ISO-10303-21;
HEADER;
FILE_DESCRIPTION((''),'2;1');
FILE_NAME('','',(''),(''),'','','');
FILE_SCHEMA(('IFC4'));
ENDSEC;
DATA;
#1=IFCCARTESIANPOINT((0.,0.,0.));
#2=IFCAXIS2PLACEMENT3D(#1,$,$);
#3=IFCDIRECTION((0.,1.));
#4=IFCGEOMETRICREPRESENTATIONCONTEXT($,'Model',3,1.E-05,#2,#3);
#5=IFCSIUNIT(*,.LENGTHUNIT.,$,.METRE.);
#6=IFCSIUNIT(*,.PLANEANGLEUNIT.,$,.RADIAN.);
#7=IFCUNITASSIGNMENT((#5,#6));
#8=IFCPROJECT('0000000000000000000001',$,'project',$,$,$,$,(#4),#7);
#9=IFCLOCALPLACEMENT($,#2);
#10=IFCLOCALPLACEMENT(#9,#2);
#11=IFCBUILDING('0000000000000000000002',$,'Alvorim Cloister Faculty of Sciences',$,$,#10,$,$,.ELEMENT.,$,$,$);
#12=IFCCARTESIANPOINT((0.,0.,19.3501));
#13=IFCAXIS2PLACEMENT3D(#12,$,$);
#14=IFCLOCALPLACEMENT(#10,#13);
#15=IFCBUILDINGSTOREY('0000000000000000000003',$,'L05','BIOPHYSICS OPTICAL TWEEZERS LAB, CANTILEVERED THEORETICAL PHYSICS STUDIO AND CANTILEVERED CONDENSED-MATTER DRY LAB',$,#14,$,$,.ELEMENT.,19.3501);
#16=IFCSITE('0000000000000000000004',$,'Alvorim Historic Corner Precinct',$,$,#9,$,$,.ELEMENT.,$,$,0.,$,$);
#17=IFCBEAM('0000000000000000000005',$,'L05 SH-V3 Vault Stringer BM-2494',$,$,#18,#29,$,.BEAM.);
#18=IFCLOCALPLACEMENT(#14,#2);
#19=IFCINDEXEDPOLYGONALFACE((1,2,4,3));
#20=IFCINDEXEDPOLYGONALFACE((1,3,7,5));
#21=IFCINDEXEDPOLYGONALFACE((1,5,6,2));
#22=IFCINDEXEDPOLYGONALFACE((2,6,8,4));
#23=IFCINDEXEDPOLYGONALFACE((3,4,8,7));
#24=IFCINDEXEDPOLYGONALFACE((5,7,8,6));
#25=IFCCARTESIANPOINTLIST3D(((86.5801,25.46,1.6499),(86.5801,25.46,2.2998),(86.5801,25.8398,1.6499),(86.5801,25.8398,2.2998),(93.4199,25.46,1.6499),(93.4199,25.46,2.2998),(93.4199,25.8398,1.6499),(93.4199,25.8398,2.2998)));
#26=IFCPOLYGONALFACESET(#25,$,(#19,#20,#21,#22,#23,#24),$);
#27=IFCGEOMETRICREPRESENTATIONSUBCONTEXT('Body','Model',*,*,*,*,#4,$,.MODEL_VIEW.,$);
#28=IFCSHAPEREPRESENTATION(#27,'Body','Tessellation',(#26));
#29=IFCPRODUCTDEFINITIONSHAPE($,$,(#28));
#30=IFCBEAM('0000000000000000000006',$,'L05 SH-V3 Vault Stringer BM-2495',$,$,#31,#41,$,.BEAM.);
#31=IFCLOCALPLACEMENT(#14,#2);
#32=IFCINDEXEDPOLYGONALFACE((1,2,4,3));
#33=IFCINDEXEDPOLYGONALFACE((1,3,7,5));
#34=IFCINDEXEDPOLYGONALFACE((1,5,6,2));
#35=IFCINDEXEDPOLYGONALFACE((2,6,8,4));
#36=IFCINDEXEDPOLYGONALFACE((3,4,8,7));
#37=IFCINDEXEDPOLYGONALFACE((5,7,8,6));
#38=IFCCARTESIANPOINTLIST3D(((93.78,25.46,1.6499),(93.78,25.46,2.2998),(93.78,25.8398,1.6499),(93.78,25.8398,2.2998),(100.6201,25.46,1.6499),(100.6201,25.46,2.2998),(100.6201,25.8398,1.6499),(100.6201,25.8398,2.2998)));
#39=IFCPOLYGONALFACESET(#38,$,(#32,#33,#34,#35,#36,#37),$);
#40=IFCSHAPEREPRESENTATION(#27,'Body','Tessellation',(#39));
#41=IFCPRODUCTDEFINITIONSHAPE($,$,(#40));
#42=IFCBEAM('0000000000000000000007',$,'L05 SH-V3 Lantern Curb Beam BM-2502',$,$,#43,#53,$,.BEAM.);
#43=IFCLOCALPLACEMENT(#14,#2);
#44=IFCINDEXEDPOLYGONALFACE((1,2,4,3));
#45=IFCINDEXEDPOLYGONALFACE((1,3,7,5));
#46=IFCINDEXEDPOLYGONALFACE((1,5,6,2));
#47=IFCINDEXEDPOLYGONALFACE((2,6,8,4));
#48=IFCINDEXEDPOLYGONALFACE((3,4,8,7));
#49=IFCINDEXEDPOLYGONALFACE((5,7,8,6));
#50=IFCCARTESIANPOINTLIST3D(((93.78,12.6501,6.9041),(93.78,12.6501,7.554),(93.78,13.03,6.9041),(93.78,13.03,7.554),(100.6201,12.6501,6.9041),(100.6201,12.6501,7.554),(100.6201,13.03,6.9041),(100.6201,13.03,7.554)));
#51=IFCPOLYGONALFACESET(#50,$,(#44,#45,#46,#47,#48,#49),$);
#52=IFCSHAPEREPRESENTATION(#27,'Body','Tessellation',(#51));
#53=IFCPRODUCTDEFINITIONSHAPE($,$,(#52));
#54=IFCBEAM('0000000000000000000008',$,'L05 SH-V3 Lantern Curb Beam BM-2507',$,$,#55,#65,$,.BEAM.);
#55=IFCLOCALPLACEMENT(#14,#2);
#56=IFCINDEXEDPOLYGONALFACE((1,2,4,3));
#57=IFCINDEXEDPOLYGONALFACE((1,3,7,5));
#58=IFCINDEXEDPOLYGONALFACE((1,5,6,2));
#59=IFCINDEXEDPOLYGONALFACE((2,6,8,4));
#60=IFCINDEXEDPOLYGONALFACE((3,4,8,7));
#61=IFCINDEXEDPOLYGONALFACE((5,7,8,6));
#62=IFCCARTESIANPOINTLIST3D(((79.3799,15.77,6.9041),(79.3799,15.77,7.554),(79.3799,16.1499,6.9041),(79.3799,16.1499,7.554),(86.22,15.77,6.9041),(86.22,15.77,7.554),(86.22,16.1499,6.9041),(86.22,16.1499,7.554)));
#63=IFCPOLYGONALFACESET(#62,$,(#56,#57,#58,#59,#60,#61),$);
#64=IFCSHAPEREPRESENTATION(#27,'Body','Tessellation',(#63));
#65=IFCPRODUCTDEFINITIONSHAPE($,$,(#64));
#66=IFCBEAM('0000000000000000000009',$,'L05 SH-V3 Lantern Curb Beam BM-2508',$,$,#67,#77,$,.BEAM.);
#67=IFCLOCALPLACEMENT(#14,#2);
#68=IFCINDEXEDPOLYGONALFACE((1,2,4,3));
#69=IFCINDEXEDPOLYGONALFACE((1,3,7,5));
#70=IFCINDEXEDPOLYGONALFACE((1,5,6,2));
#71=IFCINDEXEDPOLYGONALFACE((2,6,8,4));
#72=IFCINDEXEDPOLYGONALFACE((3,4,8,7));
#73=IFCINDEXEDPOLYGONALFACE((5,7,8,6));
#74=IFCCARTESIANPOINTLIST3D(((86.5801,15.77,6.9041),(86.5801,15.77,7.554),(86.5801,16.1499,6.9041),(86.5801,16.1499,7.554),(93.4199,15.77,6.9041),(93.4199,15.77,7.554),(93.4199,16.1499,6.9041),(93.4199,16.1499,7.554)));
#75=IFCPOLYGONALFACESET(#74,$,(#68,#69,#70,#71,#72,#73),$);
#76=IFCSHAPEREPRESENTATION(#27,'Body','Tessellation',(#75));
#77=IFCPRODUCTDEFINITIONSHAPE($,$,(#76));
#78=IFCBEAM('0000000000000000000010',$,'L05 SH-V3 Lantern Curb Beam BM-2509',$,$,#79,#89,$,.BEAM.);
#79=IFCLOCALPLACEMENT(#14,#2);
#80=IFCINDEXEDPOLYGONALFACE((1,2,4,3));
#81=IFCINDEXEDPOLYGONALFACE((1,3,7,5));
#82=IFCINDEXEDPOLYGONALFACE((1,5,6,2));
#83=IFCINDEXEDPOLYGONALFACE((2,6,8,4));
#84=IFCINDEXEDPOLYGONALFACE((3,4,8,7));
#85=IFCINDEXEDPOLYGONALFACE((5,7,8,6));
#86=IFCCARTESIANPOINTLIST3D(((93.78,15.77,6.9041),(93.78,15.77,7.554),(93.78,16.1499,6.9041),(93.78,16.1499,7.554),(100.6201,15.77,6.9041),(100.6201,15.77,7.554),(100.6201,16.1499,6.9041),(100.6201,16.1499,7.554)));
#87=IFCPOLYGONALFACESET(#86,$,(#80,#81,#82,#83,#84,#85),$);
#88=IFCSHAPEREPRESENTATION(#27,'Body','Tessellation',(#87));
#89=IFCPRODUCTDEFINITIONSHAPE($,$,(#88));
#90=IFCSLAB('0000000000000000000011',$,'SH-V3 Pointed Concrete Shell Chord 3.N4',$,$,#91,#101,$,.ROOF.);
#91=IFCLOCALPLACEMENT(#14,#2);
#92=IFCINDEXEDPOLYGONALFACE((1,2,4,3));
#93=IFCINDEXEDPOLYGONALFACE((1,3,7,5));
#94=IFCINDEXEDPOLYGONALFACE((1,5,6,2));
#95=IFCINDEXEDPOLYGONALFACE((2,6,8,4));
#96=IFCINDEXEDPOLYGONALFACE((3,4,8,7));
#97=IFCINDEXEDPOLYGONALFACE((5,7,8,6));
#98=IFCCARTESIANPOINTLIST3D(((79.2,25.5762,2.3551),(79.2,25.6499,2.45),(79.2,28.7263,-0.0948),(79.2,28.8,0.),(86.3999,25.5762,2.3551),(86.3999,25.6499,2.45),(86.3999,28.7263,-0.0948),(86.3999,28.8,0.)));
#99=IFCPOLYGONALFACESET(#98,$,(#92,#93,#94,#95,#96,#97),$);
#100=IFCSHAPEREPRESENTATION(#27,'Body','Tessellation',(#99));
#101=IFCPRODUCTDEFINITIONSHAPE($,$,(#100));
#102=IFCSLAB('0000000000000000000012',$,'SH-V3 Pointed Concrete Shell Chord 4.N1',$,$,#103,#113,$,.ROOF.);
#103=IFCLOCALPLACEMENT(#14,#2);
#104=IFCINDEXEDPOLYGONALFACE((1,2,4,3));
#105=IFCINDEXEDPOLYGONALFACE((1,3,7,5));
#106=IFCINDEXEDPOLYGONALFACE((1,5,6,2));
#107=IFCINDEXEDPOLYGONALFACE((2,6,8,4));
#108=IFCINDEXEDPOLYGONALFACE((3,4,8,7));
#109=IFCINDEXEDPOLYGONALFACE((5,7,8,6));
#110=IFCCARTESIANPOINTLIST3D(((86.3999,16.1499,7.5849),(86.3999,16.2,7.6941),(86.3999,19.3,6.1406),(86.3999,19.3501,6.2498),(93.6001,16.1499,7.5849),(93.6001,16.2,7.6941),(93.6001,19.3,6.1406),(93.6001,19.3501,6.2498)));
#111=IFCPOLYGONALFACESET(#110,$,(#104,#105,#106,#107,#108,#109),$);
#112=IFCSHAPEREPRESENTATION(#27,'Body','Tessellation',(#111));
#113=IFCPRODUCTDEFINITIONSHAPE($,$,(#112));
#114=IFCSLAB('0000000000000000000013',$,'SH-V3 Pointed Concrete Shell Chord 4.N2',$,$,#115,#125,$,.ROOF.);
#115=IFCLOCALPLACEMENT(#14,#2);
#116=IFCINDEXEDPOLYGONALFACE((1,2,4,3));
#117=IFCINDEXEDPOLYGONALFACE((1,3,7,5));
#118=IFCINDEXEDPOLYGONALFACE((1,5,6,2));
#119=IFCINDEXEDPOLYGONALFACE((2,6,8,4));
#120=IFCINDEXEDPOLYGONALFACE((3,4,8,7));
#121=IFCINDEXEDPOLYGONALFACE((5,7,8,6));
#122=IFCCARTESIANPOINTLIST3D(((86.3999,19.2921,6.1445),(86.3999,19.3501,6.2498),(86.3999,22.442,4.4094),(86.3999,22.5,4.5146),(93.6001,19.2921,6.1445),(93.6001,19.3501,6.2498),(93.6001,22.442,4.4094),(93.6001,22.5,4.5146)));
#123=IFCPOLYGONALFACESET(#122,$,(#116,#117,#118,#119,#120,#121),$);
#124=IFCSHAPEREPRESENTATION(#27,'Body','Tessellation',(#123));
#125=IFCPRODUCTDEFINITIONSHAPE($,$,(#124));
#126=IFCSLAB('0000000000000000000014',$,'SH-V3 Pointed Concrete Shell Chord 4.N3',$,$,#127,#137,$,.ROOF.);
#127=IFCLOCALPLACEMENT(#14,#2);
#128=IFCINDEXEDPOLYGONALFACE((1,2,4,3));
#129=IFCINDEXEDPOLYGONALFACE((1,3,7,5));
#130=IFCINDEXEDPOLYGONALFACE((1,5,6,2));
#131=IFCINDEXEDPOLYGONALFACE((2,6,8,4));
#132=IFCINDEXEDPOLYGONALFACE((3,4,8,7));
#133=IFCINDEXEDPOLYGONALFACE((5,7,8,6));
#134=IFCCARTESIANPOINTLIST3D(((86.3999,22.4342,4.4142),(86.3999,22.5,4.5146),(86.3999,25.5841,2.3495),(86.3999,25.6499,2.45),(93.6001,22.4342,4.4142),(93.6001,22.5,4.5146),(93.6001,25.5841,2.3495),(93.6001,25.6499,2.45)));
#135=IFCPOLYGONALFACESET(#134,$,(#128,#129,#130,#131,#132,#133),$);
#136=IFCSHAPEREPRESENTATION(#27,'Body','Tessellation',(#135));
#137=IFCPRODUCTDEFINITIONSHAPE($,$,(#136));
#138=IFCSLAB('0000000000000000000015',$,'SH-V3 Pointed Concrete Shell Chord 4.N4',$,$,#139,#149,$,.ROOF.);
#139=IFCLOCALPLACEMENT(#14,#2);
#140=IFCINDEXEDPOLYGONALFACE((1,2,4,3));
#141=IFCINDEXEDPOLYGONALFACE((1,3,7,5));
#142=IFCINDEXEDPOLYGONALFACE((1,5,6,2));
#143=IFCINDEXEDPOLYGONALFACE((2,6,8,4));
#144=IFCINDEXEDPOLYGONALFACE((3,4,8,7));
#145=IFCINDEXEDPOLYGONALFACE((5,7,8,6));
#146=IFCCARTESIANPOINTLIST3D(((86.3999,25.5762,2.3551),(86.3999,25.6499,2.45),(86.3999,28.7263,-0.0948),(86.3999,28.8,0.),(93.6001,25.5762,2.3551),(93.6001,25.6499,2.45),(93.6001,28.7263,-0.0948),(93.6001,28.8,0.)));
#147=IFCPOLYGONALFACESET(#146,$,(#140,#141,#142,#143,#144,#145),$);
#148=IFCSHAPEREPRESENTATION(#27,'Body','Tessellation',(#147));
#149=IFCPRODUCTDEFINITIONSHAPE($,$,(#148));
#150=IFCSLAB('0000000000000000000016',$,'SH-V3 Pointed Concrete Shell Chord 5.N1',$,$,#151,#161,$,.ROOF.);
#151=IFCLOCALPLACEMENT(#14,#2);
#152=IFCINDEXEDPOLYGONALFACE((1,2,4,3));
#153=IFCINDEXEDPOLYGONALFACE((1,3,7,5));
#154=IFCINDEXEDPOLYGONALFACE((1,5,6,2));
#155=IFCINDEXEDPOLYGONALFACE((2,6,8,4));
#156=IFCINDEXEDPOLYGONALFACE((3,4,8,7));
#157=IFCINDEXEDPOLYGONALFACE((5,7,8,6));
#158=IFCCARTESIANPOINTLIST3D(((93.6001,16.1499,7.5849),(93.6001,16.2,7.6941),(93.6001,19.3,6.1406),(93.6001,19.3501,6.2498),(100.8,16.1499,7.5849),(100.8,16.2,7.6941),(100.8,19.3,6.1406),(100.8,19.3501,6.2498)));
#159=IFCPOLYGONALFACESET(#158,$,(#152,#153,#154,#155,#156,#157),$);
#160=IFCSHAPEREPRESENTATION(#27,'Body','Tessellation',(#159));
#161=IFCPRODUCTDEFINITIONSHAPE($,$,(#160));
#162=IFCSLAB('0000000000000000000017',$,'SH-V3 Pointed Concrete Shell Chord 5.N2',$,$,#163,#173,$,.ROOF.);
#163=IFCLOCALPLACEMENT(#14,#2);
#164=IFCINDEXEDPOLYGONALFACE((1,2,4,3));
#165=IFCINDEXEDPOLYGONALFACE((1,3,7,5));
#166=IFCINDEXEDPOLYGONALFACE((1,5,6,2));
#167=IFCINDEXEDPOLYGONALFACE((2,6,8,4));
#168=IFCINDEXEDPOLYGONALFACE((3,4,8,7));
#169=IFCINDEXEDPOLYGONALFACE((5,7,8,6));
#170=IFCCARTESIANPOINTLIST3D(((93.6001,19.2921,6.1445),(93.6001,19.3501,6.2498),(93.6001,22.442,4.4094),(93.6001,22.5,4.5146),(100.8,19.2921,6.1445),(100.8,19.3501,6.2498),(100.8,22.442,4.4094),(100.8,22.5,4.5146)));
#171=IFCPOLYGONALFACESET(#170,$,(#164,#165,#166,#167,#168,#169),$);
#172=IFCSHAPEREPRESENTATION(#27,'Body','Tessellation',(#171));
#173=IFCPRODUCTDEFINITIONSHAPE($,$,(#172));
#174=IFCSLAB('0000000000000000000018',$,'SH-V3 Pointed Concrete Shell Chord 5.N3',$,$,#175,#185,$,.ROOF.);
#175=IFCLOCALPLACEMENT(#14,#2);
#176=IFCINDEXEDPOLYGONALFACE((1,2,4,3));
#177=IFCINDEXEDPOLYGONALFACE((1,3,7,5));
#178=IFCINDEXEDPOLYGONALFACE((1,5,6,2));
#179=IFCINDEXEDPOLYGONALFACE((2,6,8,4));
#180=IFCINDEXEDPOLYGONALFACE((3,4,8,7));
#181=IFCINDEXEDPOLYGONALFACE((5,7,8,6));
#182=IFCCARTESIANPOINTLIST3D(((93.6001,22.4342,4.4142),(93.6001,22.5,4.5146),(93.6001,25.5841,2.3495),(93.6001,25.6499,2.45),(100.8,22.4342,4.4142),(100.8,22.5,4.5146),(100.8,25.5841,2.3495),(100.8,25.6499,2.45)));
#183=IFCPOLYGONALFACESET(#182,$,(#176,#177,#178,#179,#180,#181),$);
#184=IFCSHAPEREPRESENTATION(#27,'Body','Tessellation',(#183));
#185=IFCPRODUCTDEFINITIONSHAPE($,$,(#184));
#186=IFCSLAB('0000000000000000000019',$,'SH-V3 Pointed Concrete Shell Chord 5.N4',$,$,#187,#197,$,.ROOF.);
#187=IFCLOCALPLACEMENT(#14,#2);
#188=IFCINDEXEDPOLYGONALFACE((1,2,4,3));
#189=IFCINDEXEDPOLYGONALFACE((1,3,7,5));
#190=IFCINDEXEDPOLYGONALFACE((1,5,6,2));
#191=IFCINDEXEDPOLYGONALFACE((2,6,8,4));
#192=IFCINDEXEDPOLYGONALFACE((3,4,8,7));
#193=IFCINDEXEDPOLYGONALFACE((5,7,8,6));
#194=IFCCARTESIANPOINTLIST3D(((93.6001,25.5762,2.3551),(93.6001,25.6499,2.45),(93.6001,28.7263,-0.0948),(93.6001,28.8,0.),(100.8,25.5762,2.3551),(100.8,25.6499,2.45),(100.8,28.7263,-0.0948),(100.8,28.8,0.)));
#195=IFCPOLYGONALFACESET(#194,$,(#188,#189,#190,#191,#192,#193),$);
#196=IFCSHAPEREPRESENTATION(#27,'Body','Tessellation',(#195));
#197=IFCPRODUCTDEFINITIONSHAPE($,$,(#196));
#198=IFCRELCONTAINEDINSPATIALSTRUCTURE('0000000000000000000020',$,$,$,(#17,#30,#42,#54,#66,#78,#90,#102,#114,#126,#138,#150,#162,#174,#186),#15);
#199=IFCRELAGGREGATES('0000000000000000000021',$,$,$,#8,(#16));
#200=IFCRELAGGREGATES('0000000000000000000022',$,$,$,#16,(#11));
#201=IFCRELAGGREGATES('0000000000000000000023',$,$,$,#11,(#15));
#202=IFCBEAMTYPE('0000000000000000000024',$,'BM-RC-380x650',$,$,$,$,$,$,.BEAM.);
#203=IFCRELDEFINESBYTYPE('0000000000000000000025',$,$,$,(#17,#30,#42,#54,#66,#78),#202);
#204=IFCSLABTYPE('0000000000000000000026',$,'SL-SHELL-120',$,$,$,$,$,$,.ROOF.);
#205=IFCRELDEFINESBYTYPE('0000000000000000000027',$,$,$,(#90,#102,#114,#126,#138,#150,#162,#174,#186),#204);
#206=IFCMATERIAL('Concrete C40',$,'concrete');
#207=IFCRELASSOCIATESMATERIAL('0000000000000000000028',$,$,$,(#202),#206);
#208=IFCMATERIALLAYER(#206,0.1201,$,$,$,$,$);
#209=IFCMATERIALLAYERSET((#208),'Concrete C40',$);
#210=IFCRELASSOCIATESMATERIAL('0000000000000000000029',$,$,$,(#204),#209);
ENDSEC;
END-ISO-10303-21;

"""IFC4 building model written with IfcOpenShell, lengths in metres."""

from ifc_helpers import new_model, si_unit, direction, frame, origin, origin_2d, place, context, subcontext, project, spatial, polyline, rectangle, outline, extrude, material, layer, layer_set, material_profile, profile_set, type_object, element, save


model = new_model("IFC4")

# Units and contexts
model_context = context("Model", 3, precision=1e-05, world=origin(), true_north=direction((0.0, 1.0)))
body_context = subcontext(model_context, "Body", "Model", "MODEL_VIEW")
ifc_project = project(units=[si_unit("LENGTHUNIT", "METRE"), si_unit("PLANEANGLEUNIT", "RADIAN")], contexts=[model_context])

# Site, building, storey
site_placement = place(None, origin())
site = spatial("IfcSite", under=ifc_project, at=site_placement, Name="Alvorim Historic Corner Precinct", CompositionType="ELEMENT", RefElevation=0.0)
building_placement = place(site_placement, origin())
building = spatial("IfcBuilding", under=site, at=building_placement, Name="Alvorim Cloister Faculty of Sciences", CompositionType="ELEMENT")
storey_placement = place(building_placement, frame((0.0, 0.0, 19.3501)))
storey = spatial("IfcBuildingStorey", under=building, at=storey_placement, Name="L05", Description="BIOPHYSICS OPTICAL TWEEZERS LAB, CANTILEVERED THEORETICAL PHYSICS STUDIO AND CANTILEVERED CONDENSED-MATTER DRY LAB", CompositionType="ELEMENT", Elevation=19.3501)

# Beams
ifc_material = material(Name="Concrete C40", Category="concrete")
ifc_material_profile_1 = material_profile(ifc_material, rectangle(XDim=0.3799, YDim=0.6499, at=origin_2d()), Name="RC40-BM-380x650")
ifc_profile_set_1 = profile_set([ifc_material_profile_1], Name="Concrete C40")
beam_type_1 = type_object("IfcBeamType", Name="BM-RC-380x650", PredefinedType="BEAM", material=ifc_profile_set_1)
beam_1_placement = place(storey_placement, frame((86.5801, 25.6499, 1.9749), z_axis=(1.0, 0.0, 0.0), x_axis=(0.0, 1.0, 0.0)))
element("IfcBeam", 1, at=beam_1_placement, inside=storey, type_object=beam_type_1, Name="L05 SH-V3 Vault Stringer BM-2494", PredefinedType="BEAM", context=body_context, shape_type="SweptSolid", body=[
    extrude(rectangle(XDim=0.3799, YDim=0.6499, at=origin_2d()), origin(), (0.0, 0.0, 1.0), 6.8398),
])
for number, where, z_axis, x_axis, name in (
    (2, (93.78, 25.6499, 1.9749), (1.0, 0.0, 0.0), (0.0, 1.0, 0.0), "L05 SH-V3 Vault Stringer BM-2495"),
    (3, (93.78, 12.8401, 7.229), (1.0, 0.0, 0.0), (0.0, 1.0, 0.0), "L05 SH-V3 Lantern Curb Beam BM-2502"),
    (4, (79.3799, 15.96, 7.229), (1.0, 0.0, 0.0), (0.0, 1.0, 0.0), "L05 SH-V3 Lantern Curb Beam BM-2507"),
):
    element("IfcBeam", number, at=place(storey_placement, frame(where, z_axis=z_axis, x_axis=x_axis)), inside=storey, type_object=beam_type_1, Name=name, PredefinedType="BEAM", context=body_context, shape_type="SweptSolid", body=[
        extrude(rectangle(XDim=0.3799, YDim=0.6499, at=origin_2d()), origin(), (0.0, 0.0, 1.0), 6.8401),
    ])
beam_2_placement = place(storey_placement, frame((86.5801, 15.96, 7.229), z_axis=(1.0, 0.0, 0.0), x_axis=(0.0, 1.0, 0.0)))
element("IfcBeam", 5, at=beam_2_placement, inside=storey, type_object=beam_type_1, Name="L05 SH-V3 Lantern Curb Beam BM-2508", PredefinedType="BEAM", context=body_context, shape_type="SweptSolid", body=[
    extrude(rectangle(XDim=0.3799, YDim=0.6499, at=origin_2d()), origin(), (0.0, 0.0, 1.0), 6.8398),
])
beam_3_placement = place(storey_placement, frame((93.78, 15.96, 7.229), z_axis=(1.0, 0.0, 0.0), x_axis=(0.0, 1.0, 0.0)))
element("IfcBeam", 6, at=beam_3_placement, inside=storey, type_object=beam_type_1, Name="L05 SH-V3 Lantern Curb Beam BM-2509", PredefinedType="BEAM", context=body_context, shape_type="SweptSolid", body=[
    extrude(rectangle(XDim=0.3799, YDim=0.6499, at=origin_2d()), origin(), (0.0, 0.0, 1.0), 6.8401),
])

# Slabs
ifc_layer = layer(ifc_material, 0.1201)
ifc_layer_set = layer_set([ifc_layer], Name="Concrete C40")
slab_type = type_object("IfcSlabType", Name="SL-SHELL-120", PredefinedType="ROOF", material=ifc_layer_set)
slab_1_placement = place(storey_placement, frame((79.2, 25.6499, 2.45), z_axis=(0.0, 0.613915, 0.789372), x_axis=(1.0, 0.0, 0.0)))
element("IfcSlab", 7, at=slab_1_placement, inside=storey, type_object=slab_type, Name="SH-V3 Pointed Concrete Shell Chord 3.N4", PredefinedType="ROOF", context=body_context, shape_type="SweptSolid", body=[
    extrude(outline(polyline([(0.0, 0.0), (7.2, 0.0), (7.2, 3.9907), (0.0, 3.9907), (0.0, 0.0)])), origin(), (0.0, 0.0, -1.0), 0.1201),
])
slab_2_placement = place(storey_placement, frame((86.3999, 16.2, 7.6941), z_axis=(0.0, 0.416778, 0.909008), x_axis=(1.0, 0.0, 0.0)))
element("IfcSlab", 8, at=slab_2_placement, inside=storey, type_object=slab_type, Name="SH-V3 Pointed Concrete Shell Chord 4.N1", PredefinedType="ROOF", context=body_context, shape_type="SweptSolid", body=[
    extrude(outline(polyline([(0.0, 0.0), (7.2002, 0.0), (7.2002, 3.4655), (0.0, 3.4655), (0.0, 0.0)])), origin(), (0.0, 0.0, -1.0), 0.1201),
])
slab_3_placement = place(storey_placement, frame((86.3999, 19.3501, 6.2498), z_axis=(0.0, 0.482487, 0.875903), x_axis=(1.0, 0.0, 0.0)))
element("IfcSlab", 9, at=slab_3_placement, inside=storey, type_object=slab_type, Name="SH-V3 Pointed Concrete Shell Chord 4.N2", PredefinedType="ROOF", context=body_context, shape_type="SweptSolid", body=[
    extrude(outline(polyline([(0.0, 0.0), (7.2002, 0.0), (7.2002, 3.5962), (0.0, 3.5962), (0.0, 0.0)])), origin(), (0.0, 0.0, -1.0), 0.1201),
])
slab_4_placement = place(storey_placement, frame((86.3999, 22.5, 4.5146), z_axis=(0.0, 0.548206, 0.836343), x_axis=(1.0, 0.0, 0.0)))
element("IfcSlab", 10, at=slab_4_placement, inside=storey, type_object=slab_type, Name="SH-V3 Pointed Concrete Shell Chord 4.N3", PredefinedType="ROOF", context=body_context, shape_type="SweptSolid", body=[
    extrude(outline(polyline([(0.0, 0.0), (7.2002, 0.0), (7.2002, 3.7663), (0.0, 3.7663), (0.0, 0.0)])), origin(), (0.0, 0.0, -1.0), 0.1201),
])
slab_5_placement = place(storey_placement, frame((86.3999, 25.6499, 2.45), z_axis=(0.0, 0.613915, 0.789372), x_axis=(1.0, 0.0, 0.0)))
element("IfcSlab", 11, at=slab_5_placement, inside=storey, type_object=slab_type, Name="SH-V3 Pointed Concrete Shell Chord 4.N4", PredefinedType="ROOF", context=body_context, shape_type="SweptSolid", body=[
    extrude(outline(polyline([(0.0, 0.0), (7.2002, 0.0), (7.2002, 3.9907), (0.0, 3.9907), (0.0, 0.0)])), origin(), (0.0, 0.0, -1.0), 0.1201),
])
slab_6_placement = place(storey_placement, frame((93.6001, 16.2, 7.6941), z_axis=(0.0, 0.416778, 0.909008), x_axis=(1.0, 0.0, 0.0)))
element("IfcSlab", 12, at=slab_6_placement, inside=storey, type_object=slab_type, Name="SH-V3 Pointed Concrete Shell Chord 5.N1", PredefinedType="ROOF", context=body_context, shape_type="SweptSolid", body=[
    extrude(outline(polyline([(0.0, 0.0), (7.2, 0.0), (7.2, 3.4655), (0.0, 3.4655), (0.0, 0.0)])), origin(), (0.0, 0.0, -1.0), 0.1201),
])
slab_7_placement = place(storey_placement, frame((93.6001, 19.3501, 6.2498), z_axis=(0.0, 0.482487, 0.875903), x_axis=(1.0, 0.0, 0.0)))
element("IfcSlab", 13, at=slab_7_placement, inside=storey, type_object=slab_type, Name="SH-V3 Pointed Concrete Shell Chord 5.N2", PredefinedType="ROOF", context=body_context, shape_type="SweptSolid", body=[
    extrude(outline(polyline([(0.0, 0.0), (7.2, 0.0), (7.2, 3.5962), (0.0, 3.5962), (0.0, 0.0)])), origin(), (0.0, 0.0, -1.0), 0.1201),
])
slab_8_placement = place(storey_placement, frame((93.6001, 22.5, 4.5146), z_axis=(0.0, 0.548206, 0.836343), x_axis=(1.0, 0.0, 0.0)))
element("IfcSlab", 14, at=slab_8_placement, inside=storey, type_object=slab_type, Name="SH-V3 Pointed Concrete Shell Chord 5.N3", PredefinedType="ROOF", context=body_context, shape_type="SweptSolid", body=[
    extrude(outline(polyline([(0.0, 0.0), (7.2, 0.0), (7.2, 3.7663), (0.0, 3.7663), (0.0, 0.0)])), origin(), (0.0, 0.0, -1.0), 0.1201),
])
slab_9_placement = place(storey_placement, frame((93.6001, 25.6499, 2.45), z_axis=(0.0, 0.613915, 0.789372), x_axis=(1.0, 0.0, 0.0)))
element("IfcSlab", 15, at=slab_9_placement, inside=storey, type_object=slab_type, Name="SH-V3 Pointed Concrete Shell Chord 5.N4", PredefinedType="ROOF", context=body_context, shape_type="SweptSolid", body=[
    extrude(outline(polyline([(0.0, 0.0), (7.2, 0.0), (7.2, 3.9907), (0.0, 3.9907), (0.0, 0.0)])), origin(), (0.0, 0.0, -1.0), 0.1201),
])

save(model, "model.ifc")
